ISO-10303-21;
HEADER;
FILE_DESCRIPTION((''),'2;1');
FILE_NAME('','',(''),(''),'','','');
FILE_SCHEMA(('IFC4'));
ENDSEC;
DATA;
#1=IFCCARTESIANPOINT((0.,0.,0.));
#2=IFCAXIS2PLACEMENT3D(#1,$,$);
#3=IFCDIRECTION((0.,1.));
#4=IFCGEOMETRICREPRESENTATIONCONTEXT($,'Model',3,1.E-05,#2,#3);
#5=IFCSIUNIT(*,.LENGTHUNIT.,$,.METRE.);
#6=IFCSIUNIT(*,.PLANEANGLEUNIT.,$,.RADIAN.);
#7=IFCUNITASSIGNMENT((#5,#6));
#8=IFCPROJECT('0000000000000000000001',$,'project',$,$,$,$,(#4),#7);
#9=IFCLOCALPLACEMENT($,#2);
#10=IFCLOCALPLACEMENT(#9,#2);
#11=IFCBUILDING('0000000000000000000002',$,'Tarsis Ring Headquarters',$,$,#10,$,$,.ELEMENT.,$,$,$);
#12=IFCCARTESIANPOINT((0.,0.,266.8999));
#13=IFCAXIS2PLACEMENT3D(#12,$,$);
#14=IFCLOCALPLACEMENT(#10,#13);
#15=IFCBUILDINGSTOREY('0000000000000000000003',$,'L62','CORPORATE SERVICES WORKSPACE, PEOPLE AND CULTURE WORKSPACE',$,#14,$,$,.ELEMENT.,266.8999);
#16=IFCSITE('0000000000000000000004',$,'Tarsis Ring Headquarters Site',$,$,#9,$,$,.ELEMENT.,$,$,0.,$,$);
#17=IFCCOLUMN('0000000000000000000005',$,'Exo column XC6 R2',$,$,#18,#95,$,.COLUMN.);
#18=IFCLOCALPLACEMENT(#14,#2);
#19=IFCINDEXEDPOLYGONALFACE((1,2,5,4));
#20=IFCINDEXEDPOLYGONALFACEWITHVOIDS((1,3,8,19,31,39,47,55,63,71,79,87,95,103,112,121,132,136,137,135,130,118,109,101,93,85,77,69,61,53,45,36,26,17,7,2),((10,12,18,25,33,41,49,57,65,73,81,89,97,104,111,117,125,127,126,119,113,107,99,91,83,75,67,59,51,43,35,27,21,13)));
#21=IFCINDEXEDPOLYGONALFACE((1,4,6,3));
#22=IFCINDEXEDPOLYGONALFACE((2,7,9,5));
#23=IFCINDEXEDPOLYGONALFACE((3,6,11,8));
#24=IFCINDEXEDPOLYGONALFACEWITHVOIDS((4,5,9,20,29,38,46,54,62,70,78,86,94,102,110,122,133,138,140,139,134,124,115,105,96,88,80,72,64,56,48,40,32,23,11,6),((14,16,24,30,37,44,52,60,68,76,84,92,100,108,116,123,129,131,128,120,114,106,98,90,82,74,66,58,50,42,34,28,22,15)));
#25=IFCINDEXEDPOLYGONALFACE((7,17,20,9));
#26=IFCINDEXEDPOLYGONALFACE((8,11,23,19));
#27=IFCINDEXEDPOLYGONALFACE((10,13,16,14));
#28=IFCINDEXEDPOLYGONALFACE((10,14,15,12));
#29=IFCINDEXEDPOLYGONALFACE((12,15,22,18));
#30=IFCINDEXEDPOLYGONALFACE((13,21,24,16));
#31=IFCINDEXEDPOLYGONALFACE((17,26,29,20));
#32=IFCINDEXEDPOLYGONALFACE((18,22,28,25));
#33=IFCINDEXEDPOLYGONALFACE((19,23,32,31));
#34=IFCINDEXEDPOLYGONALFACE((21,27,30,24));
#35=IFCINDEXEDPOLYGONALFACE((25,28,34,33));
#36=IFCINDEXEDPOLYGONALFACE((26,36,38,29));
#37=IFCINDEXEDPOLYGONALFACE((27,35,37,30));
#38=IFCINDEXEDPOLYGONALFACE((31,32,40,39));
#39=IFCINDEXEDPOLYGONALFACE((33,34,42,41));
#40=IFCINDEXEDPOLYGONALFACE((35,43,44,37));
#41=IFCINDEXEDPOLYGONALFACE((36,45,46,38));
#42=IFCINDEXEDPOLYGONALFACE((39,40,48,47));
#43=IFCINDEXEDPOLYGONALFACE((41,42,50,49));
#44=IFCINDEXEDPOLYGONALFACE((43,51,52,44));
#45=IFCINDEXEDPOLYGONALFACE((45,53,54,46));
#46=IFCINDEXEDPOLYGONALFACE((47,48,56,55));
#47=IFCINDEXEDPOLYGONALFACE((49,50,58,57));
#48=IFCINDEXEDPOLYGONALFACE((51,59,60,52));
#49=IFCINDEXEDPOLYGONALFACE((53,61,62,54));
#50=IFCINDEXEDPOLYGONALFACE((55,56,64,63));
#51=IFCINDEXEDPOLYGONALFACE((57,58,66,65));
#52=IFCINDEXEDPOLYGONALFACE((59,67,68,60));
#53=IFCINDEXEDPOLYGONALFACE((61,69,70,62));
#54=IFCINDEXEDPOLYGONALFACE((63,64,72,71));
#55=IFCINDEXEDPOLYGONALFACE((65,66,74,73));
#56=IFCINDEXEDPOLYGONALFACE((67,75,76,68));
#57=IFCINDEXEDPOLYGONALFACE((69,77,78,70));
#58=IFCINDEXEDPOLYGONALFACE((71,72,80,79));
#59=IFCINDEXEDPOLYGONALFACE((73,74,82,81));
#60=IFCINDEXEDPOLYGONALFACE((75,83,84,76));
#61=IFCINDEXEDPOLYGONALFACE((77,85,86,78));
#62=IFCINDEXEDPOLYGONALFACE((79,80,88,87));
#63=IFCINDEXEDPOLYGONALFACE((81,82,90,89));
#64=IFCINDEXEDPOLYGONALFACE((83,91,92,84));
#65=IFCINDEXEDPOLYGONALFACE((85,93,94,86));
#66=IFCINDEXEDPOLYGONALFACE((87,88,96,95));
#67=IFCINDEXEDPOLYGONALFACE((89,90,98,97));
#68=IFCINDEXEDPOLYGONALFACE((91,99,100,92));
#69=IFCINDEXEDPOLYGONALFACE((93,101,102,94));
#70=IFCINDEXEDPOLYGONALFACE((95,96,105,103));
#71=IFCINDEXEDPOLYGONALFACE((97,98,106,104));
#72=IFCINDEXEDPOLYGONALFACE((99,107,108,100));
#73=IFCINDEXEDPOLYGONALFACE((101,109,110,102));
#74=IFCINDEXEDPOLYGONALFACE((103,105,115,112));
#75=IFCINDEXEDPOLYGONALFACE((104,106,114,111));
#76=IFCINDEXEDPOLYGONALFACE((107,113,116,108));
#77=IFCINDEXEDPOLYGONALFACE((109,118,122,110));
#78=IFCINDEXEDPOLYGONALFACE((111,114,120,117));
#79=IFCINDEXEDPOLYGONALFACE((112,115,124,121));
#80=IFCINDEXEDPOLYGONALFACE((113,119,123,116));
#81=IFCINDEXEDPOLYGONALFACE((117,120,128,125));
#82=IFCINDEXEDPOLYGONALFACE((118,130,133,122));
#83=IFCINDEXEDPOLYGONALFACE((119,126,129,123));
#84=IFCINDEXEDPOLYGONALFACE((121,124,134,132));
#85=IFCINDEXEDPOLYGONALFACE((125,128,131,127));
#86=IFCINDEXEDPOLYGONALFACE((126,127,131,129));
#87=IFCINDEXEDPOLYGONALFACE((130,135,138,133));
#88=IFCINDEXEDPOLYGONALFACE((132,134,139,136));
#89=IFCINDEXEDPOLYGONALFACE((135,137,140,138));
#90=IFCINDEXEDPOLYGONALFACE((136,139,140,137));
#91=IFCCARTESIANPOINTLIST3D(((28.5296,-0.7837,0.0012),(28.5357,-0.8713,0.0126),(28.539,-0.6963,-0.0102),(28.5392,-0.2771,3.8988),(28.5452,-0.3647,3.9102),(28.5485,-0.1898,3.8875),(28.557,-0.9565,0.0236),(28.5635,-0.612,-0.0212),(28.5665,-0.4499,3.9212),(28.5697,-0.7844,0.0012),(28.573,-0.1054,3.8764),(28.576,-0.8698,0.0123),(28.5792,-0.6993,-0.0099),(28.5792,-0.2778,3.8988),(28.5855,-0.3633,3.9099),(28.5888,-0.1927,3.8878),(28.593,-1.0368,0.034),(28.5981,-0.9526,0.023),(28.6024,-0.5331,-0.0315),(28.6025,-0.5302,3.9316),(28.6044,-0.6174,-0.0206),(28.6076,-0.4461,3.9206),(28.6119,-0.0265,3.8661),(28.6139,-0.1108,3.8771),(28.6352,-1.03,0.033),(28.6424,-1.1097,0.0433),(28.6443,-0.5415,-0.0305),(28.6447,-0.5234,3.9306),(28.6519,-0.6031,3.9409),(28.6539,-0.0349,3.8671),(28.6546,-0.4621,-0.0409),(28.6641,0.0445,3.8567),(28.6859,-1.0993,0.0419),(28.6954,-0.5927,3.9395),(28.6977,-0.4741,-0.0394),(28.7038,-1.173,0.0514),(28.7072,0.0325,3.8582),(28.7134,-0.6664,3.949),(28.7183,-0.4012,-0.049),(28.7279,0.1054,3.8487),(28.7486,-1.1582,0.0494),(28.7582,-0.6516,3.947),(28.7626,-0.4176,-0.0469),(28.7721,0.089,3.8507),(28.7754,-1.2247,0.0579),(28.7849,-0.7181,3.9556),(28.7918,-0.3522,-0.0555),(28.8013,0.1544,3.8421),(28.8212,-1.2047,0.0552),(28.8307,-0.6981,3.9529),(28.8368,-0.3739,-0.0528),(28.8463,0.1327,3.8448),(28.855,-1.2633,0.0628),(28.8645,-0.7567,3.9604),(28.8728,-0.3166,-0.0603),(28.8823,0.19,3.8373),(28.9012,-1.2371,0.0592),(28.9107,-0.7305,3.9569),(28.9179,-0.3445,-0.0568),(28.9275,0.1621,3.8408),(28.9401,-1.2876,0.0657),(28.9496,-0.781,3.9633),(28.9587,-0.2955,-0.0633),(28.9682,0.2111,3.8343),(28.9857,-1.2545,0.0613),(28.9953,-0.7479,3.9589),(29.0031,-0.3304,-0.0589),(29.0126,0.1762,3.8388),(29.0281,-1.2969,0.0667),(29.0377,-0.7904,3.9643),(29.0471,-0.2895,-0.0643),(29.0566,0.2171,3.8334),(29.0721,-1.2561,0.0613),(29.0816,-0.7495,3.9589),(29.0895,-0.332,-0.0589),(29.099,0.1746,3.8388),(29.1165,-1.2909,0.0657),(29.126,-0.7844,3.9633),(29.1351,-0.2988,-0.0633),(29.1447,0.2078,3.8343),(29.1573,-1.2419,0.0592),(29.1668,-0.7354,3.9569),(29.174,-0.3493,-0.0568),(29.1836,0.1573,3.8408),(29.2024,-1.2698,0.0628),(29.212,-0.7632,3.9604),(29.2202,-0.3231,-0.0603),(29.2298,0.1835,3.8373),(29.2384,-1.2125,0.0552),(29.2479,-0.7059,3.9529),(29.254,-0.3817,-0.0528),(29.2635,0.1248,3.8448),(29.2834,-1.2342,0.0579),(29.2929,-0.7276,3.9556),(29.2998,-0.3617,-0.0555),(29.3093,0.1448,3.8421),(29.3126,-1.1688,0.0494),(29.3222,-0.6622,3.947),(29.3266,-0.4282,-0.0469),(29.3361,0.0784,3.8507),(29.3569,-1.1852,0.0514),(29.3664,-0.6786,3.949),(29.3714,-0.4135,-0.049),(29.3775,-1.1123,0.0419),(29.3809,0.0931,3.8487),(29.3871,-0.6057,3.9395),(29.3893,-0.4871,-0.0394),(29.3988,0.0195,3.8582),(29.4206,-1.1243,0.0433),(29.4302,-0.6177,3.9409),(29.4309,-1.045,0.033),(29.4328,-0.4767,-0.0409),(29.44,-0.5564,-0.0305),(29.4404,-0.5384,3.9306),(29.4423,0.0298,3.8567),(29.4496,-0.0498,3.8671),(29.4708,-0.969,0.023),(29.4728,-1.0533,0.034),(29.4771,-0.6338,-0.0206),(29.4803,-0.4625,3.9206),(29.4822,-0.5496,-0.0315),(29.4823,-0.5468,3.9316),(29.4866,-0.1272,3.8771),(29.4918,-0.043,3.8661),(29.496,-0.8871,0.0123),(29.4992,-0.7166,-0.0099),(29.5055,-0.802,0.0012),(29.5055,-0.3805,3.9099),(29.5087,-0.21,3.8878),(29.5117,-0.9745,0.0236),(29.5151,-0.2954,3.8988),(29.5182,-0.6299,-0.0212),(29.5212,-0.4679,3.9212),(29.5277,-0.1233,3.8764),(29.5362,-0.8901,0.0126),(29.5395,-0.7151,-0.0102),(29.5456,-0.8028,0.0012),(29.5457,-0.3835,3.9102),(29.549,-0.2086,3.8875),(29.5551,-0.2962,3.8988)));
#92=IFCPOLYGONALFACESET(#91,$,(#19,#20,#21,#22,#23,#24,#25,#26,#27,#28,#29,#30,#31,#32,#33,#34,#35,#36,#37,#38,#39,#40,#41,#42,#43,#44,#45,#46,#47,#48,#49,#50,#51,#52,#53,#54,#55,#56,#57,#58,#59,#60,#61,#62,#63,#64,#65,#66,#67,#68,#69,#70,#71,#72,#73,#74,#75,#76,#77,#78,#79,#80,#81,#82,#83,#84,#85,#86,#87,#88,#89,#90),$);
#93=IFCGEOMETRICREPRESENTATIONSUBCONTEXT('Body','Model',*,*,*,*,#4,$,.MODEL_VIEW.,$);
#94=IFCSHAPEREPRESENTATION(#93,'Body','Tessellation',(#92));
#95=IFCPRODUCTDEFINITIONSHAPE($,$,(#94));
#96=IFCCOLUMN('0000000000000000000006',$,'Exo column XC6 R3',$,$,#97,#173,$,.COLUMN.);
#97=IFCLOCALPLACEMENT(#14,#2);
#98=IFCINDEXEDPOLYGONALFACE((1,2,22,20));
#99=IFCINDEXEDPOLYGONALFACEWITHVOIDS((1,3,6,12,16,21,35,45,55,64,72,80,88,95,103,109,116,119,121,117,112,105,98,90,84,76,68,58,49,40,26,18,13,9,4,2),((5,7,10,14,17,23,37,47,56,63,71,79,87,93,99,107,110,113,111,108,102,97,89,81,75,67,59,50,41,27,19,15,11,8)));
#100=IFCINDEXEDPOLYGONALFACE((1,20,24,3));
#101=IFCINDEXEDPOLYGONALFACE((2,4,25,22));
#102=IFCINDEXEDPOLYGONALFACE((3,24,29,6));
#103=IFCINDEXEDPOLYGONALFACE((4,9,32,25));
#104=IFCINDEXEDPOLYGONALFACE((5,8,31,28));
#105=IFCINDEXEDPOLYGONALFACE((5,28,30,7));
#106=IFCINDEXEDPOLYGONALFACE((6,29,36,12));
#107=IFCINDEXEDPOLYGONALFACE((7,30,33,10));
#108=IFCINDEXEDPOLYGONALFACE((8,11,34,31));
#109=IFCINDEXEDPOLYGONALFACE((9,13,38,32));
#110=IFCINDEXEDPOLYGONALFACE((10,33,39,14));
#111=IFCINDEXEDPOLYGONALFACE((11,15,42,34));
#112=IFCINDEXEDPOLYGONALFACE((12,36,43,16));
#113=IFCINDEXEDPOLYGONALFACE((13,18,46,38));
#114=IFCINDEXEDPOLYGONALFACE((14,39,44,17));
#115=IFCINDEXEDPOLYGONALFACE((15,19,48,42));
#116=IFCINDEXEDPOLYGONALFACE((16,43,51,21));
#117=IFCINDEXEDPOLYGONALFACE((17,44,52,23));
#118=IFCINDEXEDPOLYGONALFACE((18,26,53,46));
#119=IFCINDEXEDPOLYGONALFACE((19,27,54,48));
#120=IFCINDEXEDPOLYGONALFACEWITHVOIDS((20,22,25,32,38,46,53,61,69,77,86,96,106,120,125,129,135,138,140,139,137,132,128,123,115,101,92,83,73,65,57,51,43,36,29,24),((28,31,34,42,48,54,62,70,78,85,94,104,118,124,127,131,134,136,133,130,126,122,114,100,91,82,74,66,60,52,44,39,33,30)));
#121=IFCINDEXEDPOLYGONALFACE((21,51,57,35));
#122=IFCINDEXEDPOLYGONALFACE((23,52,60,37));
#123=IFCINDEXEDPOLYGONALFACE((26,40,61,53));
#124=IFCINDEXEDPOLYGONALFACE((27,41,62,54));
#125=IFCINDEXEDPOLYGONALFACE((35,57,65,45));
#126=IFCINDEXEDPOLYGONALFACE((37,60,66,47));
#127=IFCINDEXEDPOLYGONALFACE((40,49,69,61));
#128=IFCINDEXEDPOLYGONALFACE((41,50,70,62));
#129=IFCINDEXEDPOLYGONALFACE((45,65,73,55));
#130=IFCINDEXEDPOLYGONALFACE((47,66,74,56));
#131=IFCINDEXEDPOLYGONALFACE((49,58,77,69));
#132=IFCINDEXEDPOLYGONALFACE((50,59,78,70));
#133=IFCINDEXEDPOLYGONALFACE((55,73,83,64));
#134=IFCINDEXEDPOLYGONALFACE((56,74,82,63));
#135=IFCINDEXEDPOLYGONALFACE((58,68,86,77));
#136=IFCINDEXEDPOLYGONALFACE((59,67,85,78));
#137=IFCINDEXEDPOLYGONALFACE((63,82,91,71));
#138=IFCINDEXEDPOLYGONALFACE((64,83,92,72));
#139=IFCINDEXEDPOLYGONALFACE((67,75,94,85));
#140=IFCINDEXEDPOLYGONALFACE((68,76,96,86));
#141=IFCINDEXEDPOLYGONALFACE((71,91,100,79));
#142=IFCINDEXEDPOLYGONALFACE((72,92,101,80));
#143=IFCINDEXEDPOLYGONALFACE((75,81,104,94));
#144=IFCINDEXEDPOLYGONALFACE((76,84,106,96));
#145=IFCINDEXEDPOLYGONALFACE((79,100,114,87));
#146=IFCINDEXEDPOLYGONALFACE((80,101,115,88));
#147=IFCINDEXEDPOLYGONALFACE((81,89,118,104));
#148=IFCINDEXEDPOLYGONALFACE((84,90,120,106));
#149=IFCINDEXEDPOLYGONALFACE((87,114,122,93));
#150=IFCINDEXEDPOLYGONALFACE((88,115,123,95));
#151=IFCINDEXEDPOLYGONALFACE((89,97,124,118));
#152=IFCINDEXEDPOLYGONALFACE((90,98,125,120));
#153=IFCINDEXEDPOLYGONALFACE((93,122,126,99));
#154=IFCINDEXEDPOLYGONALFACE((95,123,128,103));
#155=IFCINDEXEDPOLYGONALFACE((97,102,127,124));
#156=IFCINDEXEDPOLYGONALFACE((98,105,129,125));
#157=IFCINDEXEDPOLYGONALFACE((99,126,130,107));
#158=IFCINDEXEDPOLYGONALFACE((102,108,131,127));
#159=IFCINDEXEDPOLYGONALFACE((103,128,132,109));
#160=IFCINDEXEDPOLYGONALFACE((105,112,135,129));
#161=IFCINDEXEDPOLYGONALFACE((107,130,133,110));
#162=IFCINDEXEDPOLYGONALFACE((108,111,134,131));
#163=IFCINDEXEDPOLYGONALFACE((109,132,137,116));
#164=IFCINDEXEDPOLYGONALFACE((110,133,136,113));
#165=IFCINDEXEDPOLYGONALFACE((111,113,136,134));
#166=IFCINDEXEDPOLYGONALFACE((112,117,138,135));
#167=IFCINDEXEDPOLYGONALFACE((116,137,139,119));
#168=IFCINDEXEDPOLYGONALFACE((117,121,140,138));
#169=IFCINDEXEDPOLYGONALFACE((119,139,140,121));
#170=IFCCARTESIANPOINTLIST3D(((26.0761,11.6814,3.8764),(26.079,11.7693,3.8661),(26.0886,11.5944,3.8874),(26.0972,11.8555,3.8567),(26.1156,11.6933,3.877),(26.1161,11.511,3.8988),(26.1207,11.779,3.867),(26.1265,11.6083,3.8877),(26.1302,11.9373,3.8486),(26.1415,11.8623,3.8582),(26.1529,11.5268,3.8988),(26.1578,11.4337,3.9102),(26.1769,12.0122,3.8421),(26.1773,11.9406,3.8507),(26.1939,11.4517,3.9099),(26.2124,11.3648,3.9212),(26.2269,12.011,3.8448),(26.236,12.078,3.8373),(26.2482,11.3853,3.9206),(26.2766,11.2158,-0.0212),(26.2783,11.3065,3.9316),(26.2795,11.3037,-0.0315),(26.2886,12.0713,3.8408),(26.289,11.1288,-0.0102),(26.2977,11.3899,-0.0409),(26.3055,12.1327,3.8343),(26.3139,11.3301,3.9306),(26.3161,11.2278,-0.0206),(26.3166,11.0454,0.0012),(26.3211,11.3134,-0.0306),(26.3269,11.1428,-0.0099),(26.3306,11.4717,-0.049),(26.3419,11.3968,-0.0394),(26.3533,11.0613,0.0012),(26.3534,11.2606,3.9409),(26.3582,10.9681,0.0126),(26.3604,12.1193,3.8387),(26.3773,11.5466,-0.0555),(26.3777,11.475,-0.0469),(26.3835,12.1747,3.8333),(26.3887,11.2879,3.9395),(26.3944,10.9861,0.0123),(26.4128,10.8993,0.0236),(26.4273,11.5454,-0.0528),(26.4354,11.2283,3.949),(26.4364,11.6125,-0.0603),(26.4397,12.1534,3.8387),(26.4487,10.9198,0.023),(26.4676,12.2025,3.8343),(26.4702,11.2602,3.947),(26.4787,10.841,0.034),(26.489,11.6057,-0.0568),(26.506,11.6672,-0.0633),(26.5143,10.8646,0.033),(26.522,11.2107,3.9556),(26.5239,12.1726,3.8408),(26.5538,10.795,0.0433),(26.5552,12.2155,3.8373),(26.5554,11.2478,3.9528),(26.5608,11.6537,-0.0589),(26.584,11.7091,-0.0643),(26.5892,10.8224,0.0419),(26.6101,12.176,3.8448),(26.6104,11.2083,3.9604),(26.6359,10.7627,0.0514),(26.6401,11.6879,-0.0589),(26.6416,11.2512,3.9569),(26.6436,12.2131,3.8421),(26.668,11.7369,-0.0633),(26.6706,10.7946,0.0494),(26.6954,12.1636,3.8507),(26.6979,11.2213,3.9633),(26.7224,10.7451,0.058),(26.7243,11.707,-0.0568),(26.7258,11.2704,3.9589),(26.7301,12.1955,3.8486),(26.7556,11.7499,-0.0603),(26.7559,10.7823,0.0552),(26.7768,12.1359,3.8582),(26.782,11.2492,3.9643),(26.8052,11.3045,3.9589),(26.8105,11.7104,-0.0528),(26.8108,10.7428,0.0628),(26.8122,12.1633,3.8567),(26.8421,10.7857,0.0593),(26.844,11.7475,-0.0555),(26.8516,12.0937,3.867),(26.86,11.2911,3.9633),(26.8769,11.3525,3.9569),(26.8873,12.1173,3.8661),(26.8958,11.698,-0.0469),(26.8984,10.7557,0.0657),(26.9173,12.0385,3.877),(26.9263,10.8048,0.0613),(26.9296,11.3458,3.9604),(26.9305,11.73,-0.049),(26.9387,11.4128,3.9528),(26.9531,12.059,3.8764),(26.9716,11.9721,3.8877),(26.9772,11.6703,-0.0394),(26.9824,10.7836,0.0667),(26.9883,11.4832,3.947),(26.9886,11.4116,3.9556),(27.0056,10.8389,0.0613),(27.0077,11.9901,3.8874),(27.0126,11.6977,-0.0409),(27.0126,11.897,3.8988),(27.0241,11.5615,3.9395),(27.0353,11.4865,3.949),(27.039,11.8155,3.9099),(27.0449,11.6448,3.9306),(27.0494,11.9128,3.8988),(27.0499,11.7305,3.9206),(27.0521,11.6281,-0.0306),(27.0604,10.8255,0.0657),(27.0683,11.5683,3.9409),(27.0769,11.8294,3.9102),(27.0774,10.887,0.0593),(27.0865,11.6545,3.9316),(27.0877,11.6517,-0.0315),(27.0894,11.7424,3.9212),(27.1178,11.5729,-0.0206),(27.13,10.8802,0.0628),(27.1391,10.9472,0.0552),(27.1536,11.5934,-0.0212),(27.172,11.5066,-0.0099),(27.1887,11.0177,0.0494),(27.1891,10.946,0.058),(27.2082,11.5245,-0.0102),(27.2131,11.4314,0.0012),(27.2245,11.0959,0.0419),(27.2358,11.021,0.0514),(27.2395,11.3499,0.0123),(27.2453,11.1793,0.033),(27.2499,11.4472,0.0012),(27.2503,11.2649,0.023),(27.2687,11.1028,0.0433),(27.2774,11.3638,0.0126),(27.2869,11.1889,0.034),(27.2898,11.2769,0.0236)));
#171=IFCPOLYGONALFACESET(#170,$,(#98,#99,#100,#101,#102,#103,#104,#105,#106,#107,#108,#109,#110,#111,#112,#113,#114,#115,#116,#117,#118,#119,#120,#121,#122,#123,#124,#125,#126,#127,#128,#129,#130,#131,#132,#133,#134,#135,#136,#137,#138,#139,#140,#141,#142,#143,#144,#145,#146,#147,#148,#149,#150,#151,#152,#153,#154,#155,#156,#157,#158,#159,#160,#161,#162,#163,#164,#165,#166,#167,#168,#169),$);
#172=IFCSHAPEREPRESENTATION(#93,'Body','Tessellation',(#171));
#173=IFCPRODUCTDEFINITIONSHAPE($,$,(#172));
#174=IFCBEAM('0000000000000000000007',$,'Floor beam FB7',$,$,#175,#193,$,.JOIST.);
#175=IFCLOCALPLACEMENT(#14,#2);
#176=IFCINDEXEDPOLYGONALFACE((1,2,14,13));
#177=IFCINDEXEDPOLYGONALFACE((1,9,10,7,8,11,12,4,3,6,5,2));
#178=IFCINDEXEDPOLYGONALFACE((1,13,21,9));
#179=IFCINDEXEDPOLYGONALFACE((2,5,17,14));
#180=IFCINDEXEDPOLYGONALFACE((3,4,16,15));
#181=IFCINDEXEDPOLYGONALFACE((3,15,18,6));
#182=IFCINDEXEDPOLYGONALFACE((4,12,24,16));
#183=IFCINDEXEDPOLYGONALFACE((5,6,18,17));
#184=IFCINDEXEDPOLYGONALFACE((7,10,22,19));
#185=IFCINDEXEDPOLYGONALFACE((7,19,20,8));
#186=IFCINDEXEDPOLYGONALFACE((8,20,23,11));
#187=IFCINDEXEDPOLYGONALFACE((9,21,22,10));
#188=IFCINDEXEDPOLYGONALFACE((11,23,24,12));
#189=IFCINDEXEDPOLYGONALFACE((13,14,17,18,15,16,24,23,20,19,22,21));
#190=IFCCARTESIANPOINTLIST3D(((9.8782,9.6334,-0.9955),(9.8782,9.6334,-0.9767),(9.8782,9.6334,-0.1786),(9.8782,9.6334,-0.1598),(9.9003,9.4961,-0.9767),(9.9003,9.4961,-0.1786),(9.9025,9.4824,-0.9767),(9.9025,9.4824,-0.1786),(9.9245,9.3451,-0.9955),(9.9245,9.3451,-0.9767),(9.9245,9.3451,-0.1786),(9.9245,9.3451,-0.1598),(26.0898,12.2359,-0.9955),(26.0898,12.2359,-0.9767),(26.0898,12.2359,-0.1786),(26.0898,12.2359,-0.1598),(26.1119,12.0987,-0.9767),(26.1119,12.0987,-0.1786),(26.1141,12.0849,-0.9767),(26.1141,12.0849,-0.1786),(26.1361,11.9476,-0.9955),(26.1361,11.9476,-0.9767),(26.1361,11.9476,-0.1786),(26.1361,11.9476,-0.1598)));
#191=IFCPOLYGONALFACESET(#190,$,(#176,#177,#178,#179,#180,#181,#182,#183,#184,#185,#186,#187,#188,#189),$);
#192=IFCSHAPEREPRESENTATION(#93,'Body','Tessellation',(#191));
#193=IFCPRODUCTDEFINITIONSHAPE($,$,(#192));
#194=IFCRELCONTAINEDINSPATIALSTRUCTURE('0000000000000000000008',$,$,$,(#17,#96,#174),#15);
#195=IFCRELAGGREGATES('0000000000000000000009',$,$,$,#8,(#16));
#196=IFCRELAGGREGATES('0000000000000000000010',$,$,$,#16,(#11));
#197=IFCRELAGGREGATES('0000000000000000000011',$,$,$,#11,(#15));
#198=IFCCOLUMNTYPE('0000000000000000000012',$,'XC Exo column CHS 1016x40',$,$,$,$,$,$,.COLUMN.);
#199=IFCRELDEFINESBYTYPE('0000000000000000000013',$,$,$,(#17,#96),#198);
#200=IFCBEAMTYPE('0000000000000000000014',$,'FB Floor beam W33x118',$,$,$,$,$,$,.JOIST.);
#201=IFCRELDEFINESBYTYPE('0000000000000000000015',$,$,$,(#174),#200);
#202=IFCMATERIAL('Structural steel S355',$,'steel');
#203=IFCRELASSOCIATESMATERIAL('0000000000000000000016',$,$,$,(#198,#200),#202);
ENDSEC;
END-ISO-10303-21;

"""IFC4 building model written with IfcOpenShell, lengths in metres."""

from ifc_helpers import new_model, si_unit, direction, frame, origin, origin_2d, place, context, subcontext, project, spatial, hollow_circle, i_section, extrude, material, material_profile, profile_set, type_object, element, save


model = new_model("IFC4")

# Units and contexts
model_context = context("Model", 3, precision=1e-05, world=origin(), true_north=direction((0.0, 1.0)))
body_context = subcontext(model_context, "Body", "Model", "MODEL_VIEW")
ifc_project = project(units=[si_unit("LENGTHUNIT", "METRE"), si_unit("PLANEANGLEUNIT", "RADIAN")], contexts=[model_context])

# Site, building, storey
site_placement = place(None, origin())
site = spatial("IfcSite", under=ifc_project, at=site_placement, Name="Tarsis Ring Headquarters Site", CompositionType="ELEMENT", RefElevation=0.0)
building_placement = place(site_placement, origin())
building = spatial("IfcBuilding", under=site, at=building_placement, Name="Tarsis Ring Headquarters", CompositionType="ELEMENT")
storey_placement = place(building_placement, frame((0.0, 0.0, 266.8999)))
storey = spatial("IfcBuildingStorey", under=building, at=storey_placement, Name="L62", Description="CORPORATE SERVICES WORKSPACE, PEOPLE AND CULTURE WORKSPACE", CompositionType="ELEMENT", Elevation=266.8999)

# Columns
ifc_material_1 = material(Name="Structural steel S355", Category="steel")
ifc_material_profile_1 = material_profile(ifc_material_1, hollow_circle(Radius=0.5081, WallThickness=0.04, at=origin_2d()), Name="CHS 1016x40")
ifc_profile_set_1 = profile_set([ifc_material_profile_1], Name="Structural steel S355")
column_type = type_object("IfcColumnType", Name="XC Exo column CHS 1016x40", PredefinedType="COLUMN", material=ifc_profile_set_1)
for number, where, z_axis, x_axis, name in (
    (1, (29.0376, -0.7932, 0.0012), (0.002422, 0.128887, 0.991656), (-0.999823, 0.018792, 0.0), "Exo column XC6 R2"),
    (2, (26.7832, 11.2463, 0.0012), (-0.050996, 0.118451, 0.99165), (-0.918496, -0.39543, 0.0), "Exo column XC6 R3"),
):
    element("IfcColumn", number, at=place(storey_placement, frame(where, z_axis=z_axis, x_axis=x_axis)), inside=storey, type_object=column_type, Name=name, PredefinedType="COLUMN", context=body_context, shape_type="SweptSolid", body=[
        extrude(hollow_circle(Radius=0.5081, WallThickness=0.04, at=origin_2d()), origin(), (0.0, 0.0, 1.0), 3.9304),
    ])

# Beam
ifc_material_profile_2 = material_profile(ifc_material_1, i_section(OverallWidth=0.292, OverallDepth=0.8357, WebThickness=0.0139, FlangeThickness=0.0188, at=origin_2d()), Name="W33x118")
ifc_profile_set_2 = profile_set([ifc_material_profile_2], Name="Structural steel S355")
beam_type_1 = type_object("IfcBeamType", Name="FB Floor beam W33x118", PredefinedType="JOIST", material=ifc_profile_set_2)
beam_1_placement = place(storey_placement, frame((9.9014, 9.4893, -0.5776), z_axis=(0.987358, 0.158505, 0.0), x_axis=(-0.158505, 0.987358, 0.0)))
element("IfcBeam", 3, at=beam_1_placement, inside=storey, type_object=beam_type_1, Name="Floor beam FB7", PredefinedType="JOIST", context=body_context, shape_type="SweptSolid", body=[
    extrude(i_section(OverallWidth=0.292, OverallDepth=0.8357, WebThickness=0.0139, FlangeThickness=0.0188, at=origin_2d()), origin(), (0.0, 0.0, 1.0), 16.4192),
])

save(model, "model.ifc")
